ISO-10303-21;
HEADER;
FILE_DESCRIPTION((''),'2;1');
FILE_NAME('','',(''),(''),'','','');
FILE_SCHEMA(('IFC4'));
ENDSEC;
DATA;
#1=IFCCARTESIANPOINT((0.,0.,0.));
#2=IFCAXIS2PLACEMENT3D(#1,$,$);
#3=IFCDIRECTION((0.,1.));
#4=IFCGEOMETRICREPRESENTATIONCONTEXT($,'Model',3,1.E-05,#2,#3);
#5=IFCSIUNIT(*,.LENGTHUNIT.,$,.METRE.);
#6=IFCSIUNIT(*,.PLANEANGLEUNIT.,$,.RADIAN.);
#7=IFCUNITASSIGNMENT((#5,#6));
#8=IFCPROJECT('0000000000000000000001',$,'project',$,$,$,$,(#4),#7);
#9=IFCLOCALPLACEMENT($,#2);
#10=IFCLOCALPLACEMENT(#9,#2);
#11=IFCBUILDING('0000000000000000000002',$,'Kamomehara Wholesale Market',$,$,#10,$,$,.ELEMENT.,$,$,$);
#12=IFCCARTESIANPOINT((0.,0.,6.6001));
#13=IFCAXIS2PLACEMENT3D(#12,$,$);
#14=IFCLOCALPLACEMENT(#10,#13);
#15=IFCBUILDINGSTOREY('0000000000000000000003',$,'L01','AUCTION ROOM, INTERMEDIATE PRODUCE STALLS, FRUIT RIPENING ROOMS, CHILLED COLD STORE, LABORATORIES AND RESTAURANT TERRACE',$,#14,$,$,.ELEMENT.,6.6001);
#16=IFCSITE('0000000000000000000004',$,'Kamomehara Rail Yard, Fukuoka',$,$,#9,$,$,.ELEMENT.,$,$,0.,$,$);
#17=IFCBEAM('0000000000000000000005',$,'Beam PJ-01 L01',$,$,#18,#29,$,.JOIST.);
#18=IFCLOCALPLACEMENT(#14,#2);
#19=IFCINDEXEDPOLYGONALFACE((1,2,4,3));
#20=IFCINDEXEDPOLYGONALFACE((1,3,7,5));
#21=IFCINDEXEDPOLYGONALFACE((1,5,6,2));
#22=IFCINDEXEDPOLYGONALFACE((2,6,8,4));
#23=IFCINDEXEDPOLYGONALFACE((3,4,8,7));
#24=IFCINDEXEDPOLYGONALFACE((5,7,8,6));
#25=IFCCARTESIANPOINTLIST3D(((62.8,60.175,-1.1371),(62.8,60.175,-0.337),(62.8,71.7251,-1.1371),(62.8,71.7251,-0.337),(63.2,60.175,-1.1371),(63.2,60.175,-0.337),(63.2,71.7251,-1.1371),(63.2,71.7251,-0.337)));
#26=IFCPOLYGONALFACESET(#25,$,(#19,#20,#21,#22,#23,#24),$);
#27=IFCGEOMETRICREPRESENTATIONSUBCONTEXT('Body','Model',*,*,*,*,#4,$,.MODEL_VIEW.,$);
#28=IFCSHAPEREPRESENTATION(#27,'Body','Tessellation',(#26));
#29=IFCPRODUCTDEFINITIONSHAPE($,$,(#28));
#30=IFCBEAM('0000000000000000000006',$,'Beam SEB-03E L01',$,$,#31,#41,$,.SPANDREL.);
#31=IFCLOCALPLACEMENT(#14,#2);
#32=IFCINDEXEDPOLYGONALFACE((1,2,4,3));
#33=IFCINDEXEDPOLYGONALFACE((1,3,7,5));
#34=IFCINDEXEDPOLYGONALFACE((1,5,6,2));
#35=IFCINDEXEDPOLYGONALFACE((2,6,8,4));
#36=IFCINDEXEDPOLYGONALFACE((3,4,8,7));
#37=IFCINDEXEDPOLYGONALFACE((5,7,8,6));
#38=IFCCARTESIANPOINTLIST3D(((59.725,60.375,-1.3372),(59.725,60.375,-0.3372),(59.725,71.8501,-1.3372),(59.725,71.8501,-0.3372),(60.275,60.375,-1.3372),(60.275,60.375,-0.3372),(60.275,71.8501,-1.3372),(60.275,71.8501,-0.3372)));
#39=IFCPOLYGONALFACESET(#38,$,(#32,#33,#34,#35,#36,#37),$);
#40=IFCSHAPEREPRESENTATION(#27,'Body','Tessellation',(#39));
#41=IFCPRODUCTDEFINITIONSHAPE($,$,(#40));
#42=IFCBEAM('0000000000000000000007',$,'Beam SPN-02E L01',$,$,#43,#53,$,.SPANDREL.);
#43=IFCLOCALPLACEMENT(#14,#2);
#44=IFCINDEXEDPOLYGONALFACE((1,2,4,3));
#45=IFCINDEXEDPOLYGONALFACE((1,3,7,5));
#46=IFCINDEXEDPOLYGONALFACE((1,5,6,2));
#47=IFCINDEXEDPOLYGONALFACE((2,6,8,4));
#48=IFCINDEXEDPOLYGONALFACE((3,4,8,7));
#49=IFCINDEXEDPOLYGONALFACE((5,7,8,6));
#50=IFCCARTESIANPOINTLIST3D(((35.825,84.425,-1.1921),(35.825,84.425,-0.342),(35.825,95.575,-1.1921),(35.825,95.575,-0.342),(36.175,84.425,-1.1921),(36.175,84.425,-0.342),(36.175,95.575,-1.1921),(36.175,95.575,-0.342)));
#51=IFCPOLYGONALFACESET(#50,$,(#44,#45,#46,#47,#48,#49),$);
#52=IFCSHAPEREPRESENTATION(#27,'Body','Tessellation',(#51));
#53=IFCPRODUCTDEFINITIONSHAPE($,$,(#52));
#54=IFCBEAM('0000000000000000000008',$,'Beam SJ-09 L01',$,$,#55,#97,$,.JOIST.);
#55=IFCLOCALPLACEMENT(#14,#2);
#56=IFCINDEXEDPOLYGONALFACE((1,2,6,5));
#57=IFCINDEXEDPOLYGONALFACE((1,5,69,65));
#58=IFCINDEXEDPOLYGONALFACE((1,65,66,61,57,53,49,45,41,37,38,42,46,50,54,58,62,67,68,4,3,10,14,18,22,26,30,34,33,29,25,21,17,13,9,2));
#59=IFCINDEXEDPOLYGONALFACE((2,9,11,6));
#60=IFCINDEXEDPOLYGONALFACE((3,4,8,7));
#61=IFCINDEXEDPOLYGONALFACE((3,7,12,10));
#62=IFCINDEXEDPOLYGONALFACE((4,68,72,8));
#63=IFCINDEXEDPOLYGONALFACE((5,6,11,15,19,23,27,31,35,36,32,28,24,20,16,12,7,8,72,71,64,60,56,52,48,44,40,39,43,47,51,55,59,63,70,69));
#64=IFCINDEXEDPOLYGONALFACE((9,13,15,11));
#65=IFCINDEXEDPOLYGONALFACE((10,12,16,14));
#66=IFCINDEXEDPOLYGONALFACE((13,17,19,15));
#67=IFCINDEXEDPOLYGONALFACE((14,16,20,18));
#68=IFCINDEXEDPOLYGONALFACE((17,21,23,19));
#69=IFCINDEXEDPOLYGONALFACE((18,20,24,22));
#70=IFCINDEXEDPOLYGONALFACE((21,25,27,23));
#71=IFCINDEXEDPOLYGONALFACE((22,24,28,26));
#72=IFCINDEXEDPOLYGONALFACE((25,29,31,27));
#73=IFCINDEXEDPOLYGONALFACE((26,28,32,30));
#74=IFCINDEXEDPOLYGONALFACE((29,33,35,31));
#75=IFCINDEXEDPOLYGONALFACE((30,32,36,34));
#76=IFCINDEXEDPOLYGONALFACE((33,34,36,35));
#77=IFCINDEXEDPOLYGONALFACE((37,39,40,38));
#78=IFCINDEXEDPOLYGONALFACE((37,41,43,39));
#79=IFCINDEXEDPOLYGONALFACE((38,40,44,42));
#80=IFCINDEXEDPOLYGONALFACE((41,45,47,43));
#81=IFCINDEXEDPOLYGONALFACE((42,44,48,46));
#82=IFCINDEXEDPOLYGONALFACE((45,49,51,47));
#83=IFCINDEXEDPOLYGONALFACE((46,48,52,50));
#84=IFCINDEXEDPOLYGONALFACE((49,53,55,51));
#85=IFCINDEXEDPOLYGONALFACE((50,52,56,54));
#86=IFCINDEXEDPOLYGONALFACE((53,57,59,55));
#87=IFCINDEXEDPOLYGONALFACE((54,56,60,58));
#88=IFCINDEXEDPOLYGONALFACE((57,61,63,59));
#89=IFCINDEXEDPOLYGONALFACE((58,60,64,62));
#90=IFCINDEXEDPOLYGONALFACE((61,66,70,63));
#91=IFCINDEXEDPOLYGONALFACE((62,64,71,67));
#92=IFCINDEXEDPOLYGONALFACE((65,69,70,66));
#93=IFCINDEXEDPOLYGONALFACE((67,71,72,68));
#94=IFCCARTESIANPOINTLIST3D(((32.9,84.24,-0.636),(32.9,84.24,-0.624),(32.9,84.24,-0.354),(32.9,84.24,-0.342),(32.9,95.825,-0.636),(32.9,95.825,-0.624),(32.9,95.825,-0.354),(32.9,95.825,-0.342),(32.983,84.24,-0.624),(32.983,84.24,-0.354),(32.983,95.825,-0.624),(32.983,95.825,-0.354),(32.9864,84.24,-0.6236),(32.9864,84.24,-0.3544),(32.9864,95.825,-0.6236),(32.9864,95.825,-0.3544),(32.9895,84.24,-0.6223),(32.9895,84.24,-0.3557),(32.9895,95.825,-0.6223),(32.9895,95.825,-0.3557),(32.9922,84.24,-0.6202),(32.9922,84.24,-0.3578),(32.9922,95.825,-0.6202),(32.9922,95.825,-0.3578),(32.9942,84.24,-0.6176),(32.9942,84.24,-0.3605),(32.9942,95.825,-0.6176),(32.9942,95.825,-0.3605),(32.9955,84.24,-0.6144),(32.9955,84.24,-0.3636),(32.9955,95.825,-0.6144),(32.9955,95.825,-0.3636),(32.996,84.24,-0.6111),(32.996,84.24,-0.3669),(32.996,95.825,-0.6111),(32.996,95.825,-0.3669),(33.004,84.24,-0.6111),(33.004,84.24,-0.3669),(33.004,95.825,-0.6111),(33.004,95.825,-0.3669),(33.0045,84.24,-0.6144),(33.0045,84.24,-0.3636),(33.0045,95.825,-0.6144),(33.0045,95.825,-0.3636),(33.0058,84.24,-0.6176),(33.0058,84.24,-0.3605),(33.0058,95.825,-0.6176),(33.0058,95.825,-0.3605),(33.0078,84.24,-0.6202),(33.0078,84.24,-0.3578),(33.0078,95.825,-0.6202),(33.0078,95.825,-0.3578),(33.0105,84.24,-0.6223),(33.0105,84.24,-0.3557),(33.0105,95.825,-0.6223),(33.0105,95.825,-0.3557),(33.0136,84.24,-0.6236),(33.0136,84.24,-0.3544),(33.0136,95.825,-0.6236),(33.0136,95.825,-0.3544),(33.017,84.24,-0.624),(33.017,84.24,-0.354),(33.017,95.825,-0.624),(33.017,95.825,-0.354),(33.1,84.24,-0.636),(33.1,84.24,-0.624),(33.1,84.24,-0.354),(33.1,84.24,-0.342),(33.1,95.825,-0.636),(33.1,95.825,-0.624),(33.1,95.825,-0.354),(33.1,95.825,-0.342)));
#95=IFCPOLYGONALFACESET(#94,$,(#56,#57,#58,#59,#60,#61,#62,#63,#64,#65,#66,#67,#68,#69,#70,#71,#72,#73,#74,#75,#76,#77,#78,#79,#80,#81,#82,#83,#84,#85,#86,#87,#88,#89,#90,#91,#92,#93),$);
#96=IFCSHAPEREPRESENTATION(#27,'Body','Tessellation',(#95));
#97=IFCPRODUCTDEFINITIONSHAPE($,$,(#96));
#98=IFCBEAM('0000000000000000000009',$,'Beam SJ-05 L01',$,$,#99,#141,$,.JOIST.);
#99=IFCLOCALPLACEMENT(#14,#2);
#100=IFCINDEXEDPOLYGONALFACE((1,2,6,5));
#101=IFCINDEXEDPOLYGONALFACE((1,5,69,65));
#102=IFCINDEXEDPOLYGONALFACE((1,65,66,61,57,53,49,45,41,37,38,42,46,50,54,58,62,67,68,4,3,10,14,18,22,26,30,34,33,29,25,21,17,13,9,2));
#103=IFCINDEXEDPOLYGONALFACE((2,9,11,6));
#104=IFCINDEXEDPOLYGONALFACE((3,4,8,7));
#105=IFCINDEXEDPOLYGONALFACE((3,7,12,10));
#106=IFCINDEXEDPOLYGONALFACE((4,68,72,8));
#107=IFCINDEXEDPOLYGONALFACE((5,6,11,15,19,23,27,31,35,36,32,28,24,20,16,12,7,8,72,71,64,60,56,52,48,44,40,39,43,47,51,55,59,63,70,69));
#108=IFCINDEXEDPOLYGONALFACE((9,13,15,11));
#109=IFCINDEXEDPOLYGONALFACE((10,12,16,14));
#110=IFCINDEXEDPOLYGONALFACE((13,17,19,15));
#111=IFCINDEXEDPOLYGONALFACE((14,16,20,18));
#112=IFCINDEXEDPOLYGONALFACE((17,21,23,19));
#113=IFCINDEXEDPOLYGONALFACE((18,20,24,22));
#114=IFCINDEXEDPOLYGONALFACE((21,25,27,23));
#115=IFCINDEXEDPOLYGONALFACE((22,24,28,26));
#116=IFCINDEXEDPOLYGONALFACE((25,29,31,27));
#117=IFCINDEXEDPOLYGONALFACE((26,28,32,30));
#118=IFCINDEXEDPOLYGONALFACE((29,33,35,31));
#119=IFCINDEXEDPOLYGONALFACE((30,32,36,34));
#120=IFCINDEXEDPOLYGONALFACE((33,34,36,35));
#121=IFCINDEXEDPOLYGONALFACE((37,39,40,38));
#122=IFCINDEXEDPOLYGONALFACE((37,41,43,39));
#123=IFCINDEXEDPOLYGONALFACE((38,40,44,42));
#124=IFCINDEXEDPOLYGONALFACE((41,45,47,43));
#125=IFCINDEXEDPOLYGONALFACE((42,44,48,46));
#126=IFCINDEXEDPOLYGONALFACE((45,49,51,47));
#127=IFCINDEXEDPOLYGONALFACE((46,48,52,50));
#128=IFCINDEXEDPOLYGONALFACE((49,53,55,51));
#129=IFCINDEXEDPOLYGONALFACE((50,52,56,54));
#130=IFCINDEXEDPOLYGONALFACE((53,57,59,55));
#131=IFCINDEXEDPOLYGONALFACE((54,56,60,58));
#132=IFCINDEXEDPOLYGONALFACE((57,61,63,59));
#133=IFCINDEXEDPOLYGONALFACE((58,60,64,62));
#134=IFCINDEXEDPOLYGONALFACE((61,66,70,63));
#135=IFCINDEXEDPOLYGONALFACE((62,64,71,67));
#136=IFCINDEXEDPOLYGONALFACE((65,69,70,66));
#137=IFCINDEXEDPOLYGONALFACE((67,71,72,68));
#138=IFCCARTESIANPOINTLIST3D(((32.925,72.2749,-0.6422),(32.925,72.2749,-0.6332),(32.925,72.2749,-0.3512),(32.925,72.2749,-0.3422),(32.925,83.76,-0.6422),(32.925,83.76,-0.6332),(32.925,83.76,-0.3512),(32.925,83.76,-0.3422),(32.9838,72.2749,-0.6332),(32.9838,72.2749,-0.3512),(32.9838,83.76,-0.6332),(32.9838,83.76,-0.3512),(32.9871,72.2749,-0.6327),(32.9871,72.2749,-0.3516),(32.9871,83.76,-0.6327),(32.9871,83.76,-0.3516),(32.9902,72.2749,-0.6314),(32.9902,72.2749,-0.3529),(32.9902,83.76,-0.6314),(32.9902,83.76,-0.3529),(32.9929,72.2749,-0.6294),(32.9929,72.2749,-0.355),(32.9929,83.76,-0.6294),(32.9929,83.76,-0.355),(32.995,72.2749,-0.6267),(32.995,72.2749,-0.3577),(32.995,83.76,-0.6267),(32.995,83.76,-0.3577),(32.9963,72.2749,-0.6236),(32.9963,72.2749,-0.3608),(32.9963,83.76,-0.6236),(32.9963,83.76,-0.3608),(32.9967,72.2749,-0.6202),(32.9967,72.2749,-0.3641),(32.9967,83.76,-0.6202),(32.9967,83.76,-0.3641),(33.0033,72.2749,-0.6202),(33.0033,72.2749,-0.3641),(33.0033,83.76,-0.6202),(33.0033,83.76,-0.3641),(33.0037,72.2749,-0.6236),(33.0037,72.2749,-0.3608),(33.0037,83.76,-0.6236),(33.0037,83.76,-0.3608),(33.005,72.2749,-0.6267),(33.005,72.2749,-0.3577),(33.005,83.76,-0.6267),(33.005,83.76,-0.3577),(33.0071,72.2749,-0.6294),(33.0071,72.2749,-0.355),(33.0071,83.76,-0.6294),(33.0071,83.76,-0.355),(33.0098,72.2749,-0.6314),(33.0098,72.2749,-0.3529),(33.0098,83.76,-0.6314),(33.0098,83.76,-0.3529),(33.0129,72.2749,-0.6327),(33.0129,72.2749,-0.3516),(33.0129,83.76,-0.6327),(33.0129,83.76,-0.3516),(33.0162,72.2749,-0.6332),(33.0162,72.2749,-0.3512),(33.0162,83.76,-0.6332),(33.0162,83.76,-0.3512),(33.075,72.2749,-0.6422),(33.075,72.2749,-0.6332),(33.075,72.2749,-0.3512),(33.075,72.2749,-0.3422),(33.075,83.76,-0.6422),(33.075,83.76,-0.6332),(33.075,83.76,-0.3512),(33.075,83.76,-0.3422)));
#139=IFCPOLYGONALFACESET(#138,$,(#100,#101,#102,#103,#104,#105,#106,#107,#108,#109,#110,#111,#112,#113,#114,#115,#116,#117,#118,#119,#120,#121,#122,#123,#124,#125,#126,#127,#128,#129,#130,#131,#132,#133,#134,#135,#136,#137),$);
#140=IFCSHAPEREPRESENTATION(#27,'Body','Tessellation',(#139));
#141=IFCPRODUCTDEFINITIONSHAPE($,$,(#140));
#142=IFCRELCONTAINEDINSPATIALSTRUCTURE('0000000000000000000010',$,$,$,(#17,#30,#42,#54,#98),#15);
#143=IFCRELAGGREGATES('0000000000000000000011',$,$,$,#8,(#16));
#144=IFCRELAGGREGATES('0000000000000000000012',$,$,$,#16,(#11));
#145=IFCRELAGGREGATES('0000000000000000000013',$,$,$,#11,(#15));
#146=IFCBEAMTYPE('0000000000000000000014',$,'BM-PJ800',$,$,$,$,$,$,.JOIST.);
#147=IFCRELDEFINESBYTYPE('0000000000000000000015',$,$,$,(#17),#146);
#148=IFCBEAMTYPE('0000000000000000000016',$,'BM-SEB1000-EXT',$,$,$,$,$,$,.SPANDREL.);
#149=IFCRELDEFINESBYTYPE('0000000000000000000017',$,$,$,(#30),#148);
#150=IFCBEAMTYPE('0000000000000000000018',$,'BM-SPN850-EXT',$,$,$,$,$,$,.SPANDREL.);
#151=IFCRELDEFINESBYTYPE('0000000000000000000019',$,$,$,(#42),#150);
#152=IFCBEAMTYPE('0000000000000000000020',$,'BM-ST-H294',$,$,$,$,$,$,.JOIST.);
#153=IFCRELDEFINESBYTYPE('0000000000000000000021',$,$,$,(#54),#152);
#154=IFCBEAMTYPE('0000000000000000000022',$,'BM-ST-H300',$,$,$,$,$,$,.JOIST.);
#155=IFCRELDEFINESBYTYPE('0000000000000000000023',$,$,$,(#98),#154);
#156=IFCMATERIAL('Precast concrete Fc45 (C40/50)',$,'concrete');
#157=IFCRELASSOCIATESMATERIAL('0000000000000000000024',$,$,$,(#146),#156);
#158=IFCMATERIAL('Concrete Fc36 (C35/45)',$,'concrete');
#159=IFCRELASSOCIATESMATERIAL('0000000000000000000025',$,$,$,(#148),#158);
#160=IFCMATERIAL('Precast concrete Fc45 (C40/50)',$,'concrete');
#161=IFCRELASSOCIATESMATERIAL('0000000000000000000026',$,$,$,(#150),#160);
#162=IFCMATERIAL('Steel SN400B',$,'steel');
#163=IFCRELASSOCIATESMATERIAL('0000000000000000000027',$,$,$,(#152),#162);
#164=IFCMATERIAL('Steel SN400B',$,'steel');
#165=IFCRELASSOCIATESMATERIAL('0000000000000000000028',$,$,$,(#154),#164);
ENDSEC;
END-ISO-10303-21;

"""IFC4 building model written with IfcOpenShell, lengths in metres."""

from ifc_helpers import new_model, si_unit, direction, frame, origin, origin_2d, place, context, subcontext, project, spatial, rectangle, i_section, extrude, material, material_profile, profile_set, type_object, element, save


model = new_model("IFC4")

# Units and contexts
model_context = context("Model", 3, precision=1e-05, world=origin(), true_north=direction((0.0, 1.0)))
body_context = subcontext(model_context, "Body", "Model", "MODEL_VIEW")
ifc_project = project(units=[si_unit("LENGTHUNIT", "METRE"), si_unit("PLANEANGLEUNIT", "RADIAN")], contexts=[model_context])

# Site, building, storey
site_placement = place(None, origin())
site = spatial("IfcSite", under=ifc_project, at=site_placement, Name="Kamomehara Rail Yard, Fukuoka", CompositionType="ELEMENT", RefElevation=0.0)
building_placement = place(site_placement, origin())
building = spatial("IfcBuilding", under=site, at=building_placement, Name="Kamomehara Wholesale Market", CompositionType="ELEMENT")
storey_placement = place(building_placement, frame((0.0, 0.0, 6.6001)))
storey = spatial("IfcBuildingStorey", under=building, at=storey_placement, Name="L01", Description="AUCTION ROOM, INTERMEDIATE PRODUCE STALLS, FRUIT RIPENING ROOMS, CHILLED COLD STORE, LABORATORIES AND RESTAURANT TERRACE", CompositionType="ELEMENT", Elevation=6.6001)

# Beams
ifc_material_1 = material(Name="Precast concrete Fc45 (C40/50)", Category="concrete")
ifc_material_profile_1 = material_profile(ifc_material_1, rectangle(XDim=0.3999, YDim=0.8, at=origin_2d()), Name="PC-JST-400x800")
ifc_profile_set_1 = profile_set([ifc_material_profile_1], Name="Precast concrete Fc45 (C40/50)")
beam_type_1 = type_object("IfcBeamType", Name="BM-PJ800", PredefinedType="JOIST", material=ifc_profile_set_1)
beam_1_placement = place(storey_placement, frame((63.0, 60.175, -0.7371), z_axis=(0.0, 1.0, 0.0), x_axis=(-1.0, 0.0, 0.0)))
element("IfcBeam", 1, at=beam_1_placement, inside=storey, type_object=beam_type_1, Name="Beam PJ-01 L01", PredefinedType="JOIST", context=body_context, shape_type="SweptSolid", body=[
    extrude(rectangle(XDim=0.3999, YDim=0.8, at=origin_2d()), origin(), (0.0, 0.0, 1.0), 11.55),
])
ifc_material_2 = material(Name="Concrete Fc36 (C35/45)", Category="concrete")
ifc_material_profile_2 = material_profile(ifc_material_2, rectangle(XDim=0.55, YDim=1.0, at=origin_2d()), Name="RC-SEB-550x1000")
ifc_profile_set_2 = profile_set([ifc_material_profile_2], Name="Concrete Fc36 (C35/45)")
beam_type_2 = type_object("IfcBeamType", Name="BM-SEB1000-EXT", PredefinedType="SPANDREL", material=ifc_profile_set_2)
beam_2_placement = place(storey_placement, frame((60.0, 60.375, -0.8372), z_axis=(0.0, 1.0, 0.0), x_axis=(-1.0, 0.0, 0.0)))
element("IfcBeam", 2, at=beam_2_placement, inside=storey, type_object=beam_type_2, Name="Beam SEB-03E L01", PredefinedType="SPANDREL", context=body_context, shape_type="SweptSolid", body=[
    extrude(rectangle(XDim=0.55, YDim=1.0, at=origin_2d()), origin(), (0.0, 0.0, 1.0), 11.4751),
])
ifc_material_3 = material(Name="Precast concrete Fc45 (C40/50)", Category="concrete")
ifc_material_profile_3 = material_profile(ifc_material_3, rectangle(XDim=0.3501, YDim=0.8501, at=origin_2d()), Name="PC-SPN-350x850")
ifc_profile_set_3 = profile_set([ifc_material_profile_3], Name="Precast concrete Fc45 (C40/50)")
beam_type_3 = type_object("IfcBeamType", Name="BM-SPN850-EXT", PredefinedType="SPANDREL", material=ifc_profile_set_3)
beam_3_placement = place(storey_placement, frame((36.0, 84.425, -0.7671), z_axis=(0.0, 1.0, 0.0), x_axis=(-1.0, 0.0, 0.0)))
element("IfcBeam", 3, at=beam_3_placement, inside=storey, type_object=beam_type_3, Name="Beam SPN-02E L01", PredefinedType="SPANDREL", context=body_context, shape_type="SweptSolid", body=[
    extrude(rectangle(XDim=0.3501, YDim=0.8501, at=origin_2d()), origin(), (0.0, 0.0, 1.0), 11.1499),
])
ifc_material_4 = material(Name="Steel SN400B", Category="steel")
ifc_material_profile_4 = material_profile(ifc_material_4, i_section(OverallWidth=0.2, OverallDepth=0.2939, WebThickness=0.0081, FlangeThickness=0.012, FilletRadius=0.0129, at=origin_2d()), Name="H-294x200x8x12")
ifc_profile_set_4 = profile_set([ifc_material_profile_4], Name="Steel SN400B")
beam_type_4 = type_object("IfcBeamType", Name="BM-ST-H294", PredefinedType="JOIST", material=ifc_profile_set_4)
beam_4_placement = place(storey_placement, frame((33.0, 84.24, -0.489), z_axis=(0.0, 1.0, 0.0), x_axis=(-1.0, 0.0, 0.0)))
element("IfcBeam", 4, at=beam_4_placement, inside=storey, type_object=beam_type_4, Name="Beam SJ-09 L01", PredefinedType="JOIST", context=body_context, shape_type="SweptSolid", body=[
    extrude(i_section(OverallWidth=0.2, OverallDepth=0.2939, WebThickness=0.0081, FlangeThickness=0.012, FilletRadius=0.0129, at=origin_2d()), origin(), (0.0, 0.0, 1.0), 11.585),
])
ifc_material_5 = material(Name="Steel SN400B", Category="steel")
ifc_material_profile_5 = material_profile(ifc_material_5, i_section(OverallWidth=0.1499, OverallDepth=0.3, WebThickness=0.0066, FlangeThickness=0.009, FilletRadius=0.0129, at=origin_2d()), Name="H-300x150x6.5x9")
ifc_profile_set_5 = profile_set([ifc_material_profile_5], Name="Steel SN400B")
beam_type_5 = type_object("IfcBeamType", Name="BM-ST-H300", PredefinedType="JOIST", material=ifc_profile_set_5)
beam_5_placement = place(storey_placement, frame((33.0, 72.2749, -0.4922), z_axis=(0.0, 1.0, 0.0), x_axis=(-1.0, 0.0, 0.0)))
element("IfcBeam", 5, at=beam_5_placement, inside=storey, type_object=beam_type_5, Name="Beam SJ-05 L01", PredefinedType="JOIST", context=body_context, shape_type="SweptSolid", body=[
    extrude(i_section(OverallWidth=0.1499, OverallDepth=0.3, WebThickness=0.0066, FlangeThickness=0.009, FilletRadius=0.0129, at=origin_2d()), origin(), (0.0, 0.0, 1.0), 11.4851),
])

save(model, "model.ifc")
